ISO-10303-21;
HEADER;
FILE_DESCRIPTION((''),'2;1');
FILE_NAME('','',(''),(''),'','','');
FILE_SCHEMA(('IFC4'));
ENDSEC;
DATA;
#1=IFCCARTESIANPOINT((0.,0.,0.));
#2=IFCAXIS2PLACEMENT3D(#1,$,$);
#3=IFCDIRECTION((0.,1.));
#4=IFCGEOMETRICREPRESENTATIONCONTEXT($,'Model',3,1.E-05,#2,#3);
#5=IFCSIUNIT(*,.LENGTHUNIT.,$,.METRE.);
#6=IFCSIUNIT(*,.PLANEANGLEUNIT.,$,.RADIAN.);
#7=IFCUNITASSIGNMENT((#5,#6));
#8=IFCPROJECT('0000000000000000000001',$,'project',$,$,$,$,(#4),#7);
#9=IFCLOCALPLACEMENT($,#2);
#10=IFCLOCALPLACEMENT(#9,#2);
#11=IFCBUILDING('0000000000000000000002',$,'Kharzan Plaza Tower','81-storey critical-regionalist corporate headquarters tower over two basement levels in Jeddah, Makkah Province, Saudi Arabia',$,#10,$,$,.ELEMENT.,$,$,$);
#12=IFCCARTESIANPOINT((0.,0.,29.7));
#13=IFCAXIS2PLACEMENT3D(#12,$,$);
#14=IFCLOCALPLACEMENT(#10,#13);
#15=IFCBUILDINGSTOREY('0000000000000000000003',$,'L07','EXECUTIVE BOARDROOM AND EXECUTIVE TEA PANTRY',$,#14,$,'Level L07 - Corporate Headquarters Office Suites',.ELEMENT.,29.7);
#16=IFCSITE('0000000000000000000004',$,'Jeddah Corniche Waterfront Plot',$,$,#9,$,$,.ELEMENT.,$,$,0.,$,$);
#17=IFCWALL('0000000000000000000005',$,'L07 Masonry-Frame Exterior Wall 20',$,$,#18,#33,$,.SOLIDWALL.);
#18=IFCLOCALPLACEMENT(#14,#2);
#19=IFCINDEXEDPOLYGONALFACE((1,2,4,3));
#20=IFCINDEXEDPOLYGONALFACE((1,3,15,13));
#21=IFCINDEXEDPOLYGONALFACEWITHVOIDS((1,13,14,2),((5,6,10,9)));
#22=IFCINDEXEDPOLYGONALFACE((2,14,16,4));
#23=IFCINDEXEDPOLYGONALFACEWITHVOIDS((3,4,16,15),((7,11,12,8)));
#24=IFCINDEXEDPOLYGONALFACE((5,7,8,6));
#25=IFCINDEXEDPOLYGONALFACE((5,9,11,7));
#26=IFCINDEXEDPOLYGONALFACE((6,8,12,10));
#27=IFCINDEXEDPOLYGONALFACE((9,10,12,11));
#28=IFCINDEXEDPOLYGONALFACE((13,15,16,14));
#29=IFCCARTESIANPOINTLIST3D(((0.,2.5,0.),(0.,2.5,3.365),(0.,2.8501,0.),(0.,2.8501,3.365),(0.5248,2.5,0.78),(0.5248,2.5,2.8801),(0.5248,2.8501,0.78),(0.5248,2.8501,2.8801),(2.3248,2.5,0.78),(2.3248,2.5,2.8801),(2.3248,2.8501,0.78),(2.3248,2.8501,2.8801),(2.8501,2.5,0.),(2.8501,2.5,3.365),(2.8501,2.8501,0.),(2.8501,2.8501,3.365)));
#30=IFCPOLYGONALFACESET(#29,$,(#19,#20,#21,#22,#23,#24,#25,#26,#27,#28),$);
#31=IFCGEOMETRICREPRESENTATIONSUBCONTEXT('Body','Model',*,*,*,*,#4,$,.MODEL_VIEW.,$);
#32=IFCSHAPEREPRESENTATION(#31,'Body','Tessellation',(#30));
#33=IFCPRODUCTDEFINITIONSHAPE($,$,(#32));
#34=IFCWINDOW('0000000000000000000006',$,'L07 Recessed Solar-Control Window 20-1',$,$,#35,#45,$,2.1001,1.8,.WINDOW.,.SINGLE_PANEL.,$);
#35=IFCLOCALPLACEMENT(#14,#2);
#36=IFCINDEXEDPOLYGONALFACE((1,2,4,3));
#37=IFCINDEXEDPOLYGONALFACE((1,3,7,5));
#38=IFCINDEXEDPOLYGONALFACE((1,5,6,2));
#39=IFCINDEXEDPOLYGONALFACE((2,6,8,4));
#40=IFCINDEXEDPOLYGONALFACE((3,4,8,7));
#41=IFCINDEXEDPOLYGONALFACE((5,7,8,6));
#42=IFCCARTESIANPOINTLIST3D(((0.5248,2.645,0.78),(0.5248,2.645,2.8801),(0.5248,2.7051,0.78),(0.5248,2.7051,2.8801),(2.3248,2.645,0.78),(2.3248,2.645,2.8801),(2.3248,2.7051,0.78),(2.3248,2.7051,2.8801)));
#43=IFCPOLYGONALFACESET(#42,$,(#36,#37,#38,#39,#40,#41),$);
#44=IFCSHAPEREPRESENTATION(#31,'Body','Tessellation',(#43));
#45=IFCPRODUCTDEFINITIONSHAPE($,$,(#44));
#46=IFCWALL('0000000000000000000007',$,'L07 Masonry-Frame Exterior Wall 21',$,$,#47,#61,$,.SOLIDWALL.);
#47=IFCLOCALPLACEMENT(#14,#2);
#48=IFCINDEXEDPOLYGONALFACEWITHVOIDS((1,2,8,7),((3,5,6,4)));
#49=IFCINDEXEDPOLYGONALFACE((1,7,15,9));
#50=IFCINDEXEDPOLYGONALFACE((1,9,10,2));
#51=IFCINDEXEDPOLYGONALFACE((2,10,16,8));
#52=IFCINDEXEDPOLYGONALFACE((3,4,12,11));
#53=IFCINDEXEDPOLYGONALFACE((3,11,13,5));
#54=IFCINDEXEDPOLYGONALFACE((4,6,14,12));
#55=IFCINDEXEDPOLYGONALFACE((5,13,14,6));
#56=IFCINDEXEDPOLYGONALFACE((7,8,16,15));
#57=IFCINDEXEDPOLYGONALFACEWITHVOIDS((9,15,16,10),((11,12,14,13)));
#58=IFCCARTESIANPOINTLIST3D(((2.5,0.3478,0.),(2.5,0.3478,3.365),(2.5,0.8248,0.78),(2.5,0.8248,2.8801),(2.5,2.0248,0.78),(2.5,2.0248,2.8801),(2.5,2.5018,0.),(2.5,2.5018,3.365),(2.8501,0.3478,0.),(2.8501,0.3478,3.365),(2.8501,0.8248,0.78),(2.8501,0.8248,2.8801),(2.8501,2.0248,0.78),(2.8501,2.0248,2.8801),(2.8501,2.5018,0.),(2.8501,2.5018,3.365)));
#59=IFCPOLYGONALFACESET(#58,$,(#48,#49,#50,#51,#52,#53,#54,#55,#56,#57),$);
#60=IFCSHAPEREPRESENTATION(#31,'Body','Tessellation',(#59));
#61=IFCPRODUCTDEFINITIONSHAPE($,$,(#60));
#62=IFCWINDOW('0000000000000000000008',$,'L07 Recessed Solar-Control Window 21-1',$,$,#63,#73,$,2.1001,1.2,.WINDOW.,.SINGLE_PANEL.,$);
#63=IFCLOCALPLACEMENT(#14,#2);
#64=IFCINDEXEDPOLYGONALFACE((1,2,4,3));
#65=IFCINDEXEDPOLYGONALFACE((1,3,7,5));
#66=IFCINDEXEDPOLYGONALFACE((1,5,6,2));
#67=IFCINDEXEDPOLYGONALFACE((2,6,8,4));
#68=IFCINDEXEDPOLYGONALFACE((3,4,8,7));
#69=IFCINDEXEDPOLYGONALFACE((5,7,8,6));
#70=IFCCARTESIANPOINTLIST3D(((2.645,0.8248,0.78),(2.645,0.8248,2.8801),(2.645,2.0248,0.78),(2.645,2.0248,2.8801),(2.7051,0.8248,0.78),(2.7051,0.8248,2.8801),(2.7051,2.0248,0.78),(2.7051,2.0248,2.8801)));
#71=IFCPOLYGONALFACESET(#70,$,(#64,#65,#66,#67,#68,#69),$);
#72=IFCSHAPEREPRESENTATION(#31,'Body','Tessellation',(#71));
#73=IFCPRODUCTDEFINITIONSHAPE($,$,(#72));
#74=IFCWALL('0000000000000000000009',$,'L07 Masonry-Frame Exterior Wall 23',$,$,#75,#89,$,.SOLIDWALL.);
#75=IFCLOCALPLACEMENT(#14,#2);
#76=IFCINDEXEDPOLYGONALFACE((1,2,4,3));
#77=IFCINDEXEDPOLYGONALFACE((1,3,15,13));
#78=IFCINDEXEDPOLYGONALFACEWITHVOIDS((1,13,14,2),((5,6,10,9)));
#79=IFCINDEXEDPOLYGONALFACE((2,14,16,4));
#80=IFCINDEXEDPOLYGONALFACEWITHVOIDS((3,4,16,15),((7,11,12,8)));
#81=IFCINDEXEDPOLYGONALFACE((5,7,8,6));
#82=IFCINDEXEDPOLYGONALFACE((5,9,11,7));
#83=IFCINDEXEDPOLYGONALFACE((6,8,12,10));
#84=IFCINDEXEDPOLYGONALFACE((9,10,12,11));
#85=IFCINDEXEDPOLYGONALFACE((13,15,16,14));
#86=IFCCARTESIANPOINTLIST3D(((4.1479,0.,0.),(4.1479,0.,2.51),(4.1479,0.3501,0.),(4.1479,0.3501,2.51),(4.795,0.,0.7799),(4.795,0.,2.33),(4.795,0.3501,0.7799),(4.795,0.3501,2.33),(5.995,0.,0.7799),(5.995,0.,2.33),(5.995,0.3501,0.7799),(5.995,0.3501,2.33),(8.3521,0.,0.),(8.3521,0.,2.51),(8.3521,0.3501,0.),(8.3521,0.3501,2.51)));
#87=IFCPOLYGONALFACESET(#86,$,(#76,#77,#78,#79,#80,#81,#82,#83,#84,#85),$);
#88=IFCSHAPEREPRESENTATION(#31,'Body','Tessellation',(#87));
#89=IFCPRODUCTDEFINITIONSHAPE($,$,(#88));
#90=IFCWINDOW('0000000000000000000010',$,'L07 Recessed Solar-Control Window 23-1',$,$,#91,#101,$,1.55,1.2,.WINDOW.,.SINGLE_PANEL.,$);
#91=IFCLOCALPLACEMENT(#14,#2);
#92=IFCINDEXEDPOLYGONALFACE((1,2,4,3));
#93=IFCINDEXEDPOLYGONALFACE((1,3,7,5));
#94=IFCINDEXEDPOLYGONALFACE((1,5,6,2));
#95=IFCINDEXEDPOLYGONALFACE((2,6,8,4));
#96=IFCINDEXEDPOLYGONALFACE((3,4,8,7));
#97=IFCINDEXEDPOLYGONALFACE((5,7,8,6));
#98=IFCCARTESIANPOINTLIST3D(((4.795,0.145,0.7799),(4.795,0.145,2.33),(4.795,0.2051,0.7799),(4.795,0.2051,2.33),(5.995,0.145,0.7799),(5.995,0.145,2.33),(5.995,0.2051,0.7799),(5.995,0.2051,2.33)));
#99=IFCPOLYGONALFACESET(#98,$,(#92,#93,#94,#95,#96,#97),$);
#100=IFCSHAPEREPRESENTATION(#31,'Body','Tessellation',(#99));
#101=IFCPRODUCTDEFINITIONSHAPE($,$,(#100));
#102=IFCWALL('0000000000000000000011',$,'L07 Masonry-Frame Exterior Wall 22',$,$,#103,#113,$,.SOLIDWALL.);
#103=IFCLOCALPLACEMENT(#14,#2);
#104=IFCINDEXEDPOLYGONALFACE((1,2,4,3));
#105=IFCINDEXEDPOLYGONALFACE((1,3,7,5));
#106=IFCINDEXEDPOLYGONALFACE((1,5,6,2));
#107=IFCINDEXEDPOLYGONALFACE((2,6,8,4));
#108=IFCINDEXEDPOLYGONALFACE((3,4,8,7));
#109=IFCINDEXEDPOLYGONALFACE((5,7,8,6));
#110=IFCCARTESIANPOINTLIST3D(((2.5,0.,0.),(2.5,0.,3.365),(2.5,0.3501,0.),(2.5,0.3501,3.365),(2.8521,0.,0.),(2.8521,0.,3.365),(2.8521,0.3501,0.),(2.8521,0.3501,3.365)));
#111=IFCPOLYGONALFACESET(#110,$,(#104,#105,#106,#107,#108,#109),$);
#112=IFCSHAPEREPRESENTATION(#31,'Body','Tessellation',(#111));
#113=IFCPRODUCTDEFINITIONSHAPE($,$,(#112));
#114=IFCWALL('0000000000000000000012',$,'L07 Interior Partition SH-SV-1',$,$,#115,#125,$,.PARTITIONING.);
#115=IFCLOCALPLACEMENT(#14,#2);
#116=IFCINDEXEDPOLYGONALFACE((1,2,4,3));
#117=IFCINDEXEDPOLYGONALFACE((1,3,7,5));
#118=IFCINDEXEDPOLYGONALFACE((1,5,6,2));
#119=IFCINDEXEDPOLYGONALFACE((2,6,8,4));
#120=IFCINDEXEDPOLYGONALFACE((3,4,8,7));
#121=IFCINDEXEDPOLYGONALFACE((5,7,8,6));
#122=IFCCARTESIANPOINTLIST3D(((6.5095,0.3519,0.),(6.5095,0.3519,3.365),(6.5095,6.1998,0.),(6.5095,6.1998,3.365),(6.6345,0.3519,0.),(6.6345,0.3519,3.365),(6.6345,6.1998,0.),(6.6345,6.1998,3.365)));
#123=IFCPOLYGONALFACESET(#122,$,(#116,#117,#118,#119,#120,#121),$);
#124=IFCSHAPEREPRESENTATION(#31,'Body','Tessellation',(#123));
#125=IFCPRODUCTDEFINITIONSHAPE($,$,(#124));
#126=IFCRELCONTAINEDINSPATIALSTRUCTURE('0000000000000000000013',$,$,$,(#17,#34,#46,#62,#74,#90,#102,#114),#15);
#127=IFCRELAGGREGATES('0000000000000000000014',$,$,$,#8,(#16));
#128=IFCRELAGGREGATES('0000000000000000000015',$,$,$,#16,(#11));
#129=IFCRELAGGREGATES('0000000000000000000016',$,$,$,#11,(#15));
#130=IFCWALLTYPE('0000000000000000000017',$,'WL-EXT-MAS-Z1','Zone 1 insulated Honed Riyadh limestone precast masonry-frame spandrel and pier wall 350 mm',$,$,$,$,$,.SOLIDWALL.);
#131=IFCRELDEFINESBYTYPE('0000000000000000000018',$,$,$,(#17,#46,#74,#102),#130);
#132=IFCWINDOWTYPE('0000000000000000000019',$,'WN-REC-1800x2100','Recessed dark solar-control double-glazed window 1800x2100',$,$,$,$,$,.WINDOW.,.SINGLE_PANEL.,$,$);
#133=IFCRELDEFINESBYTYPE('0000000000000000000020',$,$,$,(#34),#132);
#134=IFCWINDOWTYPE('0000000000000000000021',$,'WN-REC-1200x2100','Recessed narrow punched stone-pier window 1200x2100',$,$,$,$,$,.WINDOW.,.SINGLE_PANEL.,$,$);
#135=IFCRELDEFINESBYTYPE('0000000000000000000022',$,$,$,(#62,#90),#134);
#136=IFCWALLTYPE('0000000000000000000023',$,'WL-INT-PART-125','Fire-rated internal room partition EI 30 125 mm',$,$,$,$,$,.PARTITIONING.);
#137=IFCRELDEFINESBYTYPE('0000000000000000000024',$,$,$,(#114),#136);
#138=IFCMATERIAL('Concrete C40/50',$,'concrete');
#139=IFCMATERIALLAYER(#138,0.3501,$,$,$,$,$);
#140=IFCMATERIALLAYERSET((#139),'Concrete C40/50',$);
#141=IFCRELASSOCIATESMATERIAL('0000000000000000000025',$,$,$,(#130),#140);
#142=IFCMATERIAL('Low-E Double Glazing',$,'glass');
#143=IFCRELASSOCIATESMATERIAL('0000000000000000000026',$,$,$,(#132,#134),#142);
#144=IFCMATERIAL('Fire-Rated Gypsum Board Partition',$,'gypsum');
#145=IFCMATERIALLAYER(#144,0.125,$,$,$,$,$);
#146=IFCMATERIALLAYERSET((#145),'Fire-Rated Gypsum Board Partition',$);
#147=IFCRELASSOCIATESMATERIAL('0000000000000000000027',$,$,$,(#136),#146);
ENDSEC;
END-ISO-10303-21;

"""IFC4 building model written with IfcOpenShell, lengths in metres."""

from ifc_helpers import new_model, si_unit, direction, frame, frame_2d, origin, place, context, subcontext, project, spatial, rectangle, extrude, source, transform, mapped, material, layer, layer_set, type_object, element, fill, save


model = new_model("IFC4")

# Units and contexts
model_context = context("Model", 3, precision=1e-05, world=origin(), true_north=direction((0.0, 1.0)))
body_context = subcontext(model_context, "Body", "Model", "MODEL_VIEW")
ifc_project = project(units=[si_unit("LENGTHUNIT", "METRE"), si_unit("PLANEANGLEUNIT", "RADIAN")], contexts=[model_context])

# Site, building, storey
site_placement = place(None, origin())
site = spatial("IfcSite", under=ifc_project, at=site_placement, Name="Jeddah Corniche Waterfront Plot", CompositionType="ELEMENT", RefElevation=0.0)
building_placement = place(site_placement, origin())
building = spatial("IfcBuilding", under=site, at=building_placement, Name="Kharzan Plaza Tower", Description="81-storey critical-regionalist corporate headquarters tower over two basement levels in Jeddah, Makkah Province, Saudi Arabia", CompositionType="ELEMENT")
storey_placement = place(building_placement, frame((0.0, 0.0, 29.7)))
storey = spatial("IfcBuildingStorey", under=building, at=storey_placement, Name="L07", Description="EXECUTIVE BOARDROOM AND EXECUTIVE TEA PANTRY", LongName="Level L07 - Corporate Headquarters Office Suites", CompositionType="ELEMENT", Elevation=29.7)

# Shared definitions
ifc_material_1 = material(Name="Concrete C40/50", Category="concrete")

# Walls, openings, windows
ifc_layer_1 = layer(ifc_material_1, 0.3501)
ifc_layer_set_1 = layer_set([ifc_layer_1], Name="Concrete C40/50")
wall_type_1 = type_object("IfcWallType", Name="WL-EXT-MAS-Z1", Description="Zone 1 insulated Honed Riyadh limestone precast masonry-frame spandrel and pier wall 350 mm", PredefinedType="SOLIDWALL", material=ifc_layer_set_1)
wall_1_placement = place(storey_placement, frame((0.0, 2.675, 0.0), z_axis=(0.0, 0.0, 1.0), x_axis=(1.0, 0.0, 0.0)))
wall_1 = element("IfcWall", 1, at=wall_1_placement, inside=storey, type_object=wall_type_1, Name="L07 Masonry-Frame Exterior Wall 20", PredefinedType="SOLIDWALL", context=body_context, shape_type="SweptSolid", body=[
    extrude(rectangle(XDim=2.8501, YDim=0.3501, at=frame_2d((1.425, 0.0))), origin(), (0.0, 0.0, 1.0), 3.365),
])
opening_1_placement = place(wall_1_placement, frame((0.5249, 0.0, 0.78)))
opening_1 = element("IfcOpeningElement", 2, at=opening_1_placement, cuts=wall_1, PredefinedType="OPENING", context=body_context, shape_type="SweptSolid", body=[
    extrude(rectangle(XDim=1.8, YDim=2.1001, at=frame_2d((0.8999, 1.05))), frame((0.0, 0.1851, 0.0), z_axis=(0.0, -1.0, 0.0), x_axis=(1.0, 0.0, 0.0)), (0.0, 0.0, 1.0), 0.3701),
])
ifc_material_2 = material(Name="Low-E Double Glazing", Category="glass")
window_type_1 = type_object("IfcWindowType", Name="WN-REC-1800x2100", Description="Recessed dark solar-control double-glazed window 1800x2100", PartitioningType="SINGLE_PANEL", PredefinedType="WINDOW", material=ifc_material_2)
shared_shape_1 = source(origin(), body_context, "Body", "SweptSolid", [
    extrude(rectangle(XDim=1.8, YDim=2.1001, at=frame_2d((0.8999, 1.05))), frame((0.0, 0.03, 0.0), z_axis=(0.0, -1.0, 0.0), x_axis=(1.0, 0.0, 0.0)), (0.0, 0.0, 1.0), 0.0601),
])
window_1_placement = place(opening_1_placement, origin())
window_1 = element("IfcWindow", 3, at=window_1_placement, inside=storey, type_object=window_type_1, Name="L07 Recessed Solar-Control Window 20-1", OverallHeight=2.1001, OverallWidth=1.8, PartitioningType="SINGLE_PANEL", PredefinedType="WINDOW", context=body_context, shape_type="MappedRepresentation", body=[
    mapped(shared_shape_1, transform((0.0, 0.0, 0.0), x_axis=(1.0, 0.0, 0.0), y_axis=(0.0, 1.0, 0.0), z_axis=(0.0, 0.0, 1.0))),
])
fill(opening_1, window_1)
wall_2_placement = place(storey_placement, frame((2.675, 2.502, 0.0), z_axis=(0.0, 0.0, 1.0), x_axis=(0.0, -1.0, 0.0)))
wall_2 = element("IfcWall", 4, at=wall_2_placement, inside=storey, type_object=wall_type_1, Name="L07 Masonry-Frame Exterior Wall 21", PredefinedType="SOLIDWALL", context=body_context, shape_type="SweptSolid", body=[
    extrude(rectangle(XDim=2.1541, YDim=0.3501, at=frame_2d((1.0771, 0.0))), origin(), (0.0, 0.0, 1.0), 3.365),
])
opening_2_placement = place(wall_2_placement, frame((0.4771, 0.0, 0.78)))
opening_2 = element("IfcOpeningElement", 5, at=opening_2_placement, cuts=wall_2, PredefinedType="OPENING", context=body_context, shape_type="SweptSolid", body=[
    extrude(rectangle(XDim=1.2, YDim=2.1001, at=frame_2d((0.6001, 1.05))), frame((0.0, 0.1851, 0.0), z_axis=(0.0, -1.0, 0.0), x_axis=(1.0, 0.0, 0.0)), (0.0, 0.0, 1.0), 0.3701),
])
window_type_2 = type_object("IfcWindowType", Name="WN-REC-1200x2100", Description="Recessed narrow punched stone-pier window 1200x2100", PartitioningType="SINGLE_PANEL", PredefinedType="WINDOW", material=ifc_material_2)
shared_shape_2 = source(origin(), body_context, "Body", "SweptSolid", [
    extrude(rectangle(XDim=1.2, YDim=2.1001, at=frame_2d((0.6001, 1.05))), frame((0.0, 0.03, 0.0), z_axis=(0.0, -1.0, 0.0), x_axis=(1.0, 0.0, 0.0)), (0.0, 0.0, 1.0), 0.0601),
])
window_2_placement = place(opening_2_placement, origin())
window_2 = element("IfcWindow", 6, at=window_2_placement, inside=storey, type_object=window_type_2, Name="L07 Recessed Solar-Control Window 21-1", OverallHeight=2.1001, OverallWidth=1.2, PartitioningType="SINGLE_PANEL", PredefinedType="WINDOW", context=body_context, shape_type="MappedRepresentation", body=[
    mapped(shared_shape_2, transform((0.0, 0.0, 0.0), x_axis=(1.0, 0.0, 0.0), y_axis=(0.0, 1.0, 0.0), z_axis=(0.0, 0.0, 1.0))),
])
fill(opening_2, window_2)
wall_3_placement = place(storey_placement, frame((4.1479, 0.175, 0.0), z_axis=(0.0, 0.0, 1.0), x_axis=(1.0, 0.0, 0.0)))
wall_3 = element("IfcWall", 7, at=wall_3_placement, inside=storey, type_object=wall_type_1, Name="L07 Masonry-Frame Exterior Wall 23", PredefinedType="SOLIDWALL", context=body_context, shape_type="SweptSolid", body=[
    extrude(rectangle(XDim=4.2041, YDim=0.3501, at=frame_2d((2.1021, 0.0))), origin(), (0.0, 0.0, 1.0), 2.51),
])
opening_3_placement = place(wall_3_placement, frame((0.647, 0.0, 0.78)))
opening_3 = element("IfcOpeningElement", 8, at=opening_3_placement, cuts=wall_3, PredefinedType="OPENING", context=body_context, shape_type="SweptSolid", body=[
    extrude(rectangle(XDim=1.2, YDim=1.55, at=frame_2d((0.6001, 0.7749))), frame((0.0, 0.1851, 0.0), z_axis=(0.0, -1.0, 0.0), x_axis=(1.0, 0.0, 0.0)), (0.0, 0.0, 1.0), 0.3701),
])
shared_shape_3 = source(origin(), body_context, "Body", "SweptSolid", [
    extrude(rectangle(XDim=1.2, YDim=1.55, at=frame_2d((0.6001, 0.7749))), frame((0.0, 0.03, 0.0), z_axis=(0.0, -1.0, 0.0), x_axis=(1.0, 0.0, 0.0)), (0.0, 0.0, 1.0), 0.0601),
])
window_3_placement = place(opening_3_placement, origin())
window_3 = element("IfcWindow", 9, at=window_3_placement, inside=storey, type_object=window_type_2, Name="L07 Recessed Solar-Control Window 23-1", OverallHeight=1.55, OverallWidth=1.2, PartitioningType="SINGLE_PANEL", PredefinedType="WINDOW", context=body_context, shape_type="MappedRepresentation", body=[
    mapped(shared_shape_3, transform((0.0, 0.0, 0.0), x_axis=(1.0, 0.0, 0.0), y_axis=(0.0, 1.0, 0.0), z_axis=(0.0, 0.0, 1.0))),
])
fill(opening_3, window_3)

# Walls
shared_shape_4 = source(origin(), body_context, "Body", "SweptSolid", [
    extrude(rectangle(XDim=0.3521, YDim=0.3501, at=frame_2d((0.176, 0.0))), origin(), (0.0, 0.0, 1.0), 3.365),
])
wall_4_placement = place(storey_placement, frame((2.5, 0.175, 0.0), z_axis=(0.0, 0.0, 1.0), x_axis=(1.0, 0.0, 0.0)))
element("IfcWall", 10, at=wall_4_placement, inside=storey, type_object=wall_type_1, Name="L07 Masonry-Frame Exterior Wall 22", PredefinedType="SOLIDWALL", context=body_context, shape_type="MappedRepresentation", body=[
    mapped(shared_shape_4, transform((0.0, 0.0, 0.0), x_axis=(1.0, 0.0, 0.0), y_axis=(0.0, 1.0, 0.0), z_axis=(0.0, 0.0, 1.0))),
])
ifc_material_3 = material(Name="Fire-Rated Gypsum Board Partition", Category="gypsum")
ifc_layer_2 = layer(ifc_material_3, 0.125)
ifc_layer_set_2 = layer_set([ifc_layer_2], Name="Fire-Rated Gypsum Board Partition")
wall_type_2 = type_object("IfcWallType", Name="WL-INT-PART-125", Description="Fire-rated internal room partition EI 30 125 mm", PredefinedType="PARTITIONING", material=ifc_layer_set_2)
shared_shape_5 = source(origin(), body_context, "Body", "SweptSolid", [
    extrude(rectangle(XDim=5.8479, YDim=0.125, at=frame_2d((2.9238, 0.0))), origin(), (0.0, 0.0, 1.0), 3.365),
])
wall_5_placement = place(storey_placement, frame((6.572, 0.3521, 0.0), z_axis=(0.0, 0.0, 1.0), x_axis=(0.0, 1.0, 0.0)))
element("IfcWall", 11, at=wall_5_placement, inside=storey, type_object=wall_type_2, Name="L07 Interior Partition SH-SV-1", PredefinedType="PARTITIONING", context=body_context, shape_type="MappedRepresentation", body=[
    mapped(shared_shape_5, transform((0.0, 0.0, 0.0), x_axis=(1.0, 0.0, 0.0), y_axis=(0.0, 1.0, 0.0), z_axis=(0.0, 0.0, 1.0))),
])

save(model, "model.ifc")
